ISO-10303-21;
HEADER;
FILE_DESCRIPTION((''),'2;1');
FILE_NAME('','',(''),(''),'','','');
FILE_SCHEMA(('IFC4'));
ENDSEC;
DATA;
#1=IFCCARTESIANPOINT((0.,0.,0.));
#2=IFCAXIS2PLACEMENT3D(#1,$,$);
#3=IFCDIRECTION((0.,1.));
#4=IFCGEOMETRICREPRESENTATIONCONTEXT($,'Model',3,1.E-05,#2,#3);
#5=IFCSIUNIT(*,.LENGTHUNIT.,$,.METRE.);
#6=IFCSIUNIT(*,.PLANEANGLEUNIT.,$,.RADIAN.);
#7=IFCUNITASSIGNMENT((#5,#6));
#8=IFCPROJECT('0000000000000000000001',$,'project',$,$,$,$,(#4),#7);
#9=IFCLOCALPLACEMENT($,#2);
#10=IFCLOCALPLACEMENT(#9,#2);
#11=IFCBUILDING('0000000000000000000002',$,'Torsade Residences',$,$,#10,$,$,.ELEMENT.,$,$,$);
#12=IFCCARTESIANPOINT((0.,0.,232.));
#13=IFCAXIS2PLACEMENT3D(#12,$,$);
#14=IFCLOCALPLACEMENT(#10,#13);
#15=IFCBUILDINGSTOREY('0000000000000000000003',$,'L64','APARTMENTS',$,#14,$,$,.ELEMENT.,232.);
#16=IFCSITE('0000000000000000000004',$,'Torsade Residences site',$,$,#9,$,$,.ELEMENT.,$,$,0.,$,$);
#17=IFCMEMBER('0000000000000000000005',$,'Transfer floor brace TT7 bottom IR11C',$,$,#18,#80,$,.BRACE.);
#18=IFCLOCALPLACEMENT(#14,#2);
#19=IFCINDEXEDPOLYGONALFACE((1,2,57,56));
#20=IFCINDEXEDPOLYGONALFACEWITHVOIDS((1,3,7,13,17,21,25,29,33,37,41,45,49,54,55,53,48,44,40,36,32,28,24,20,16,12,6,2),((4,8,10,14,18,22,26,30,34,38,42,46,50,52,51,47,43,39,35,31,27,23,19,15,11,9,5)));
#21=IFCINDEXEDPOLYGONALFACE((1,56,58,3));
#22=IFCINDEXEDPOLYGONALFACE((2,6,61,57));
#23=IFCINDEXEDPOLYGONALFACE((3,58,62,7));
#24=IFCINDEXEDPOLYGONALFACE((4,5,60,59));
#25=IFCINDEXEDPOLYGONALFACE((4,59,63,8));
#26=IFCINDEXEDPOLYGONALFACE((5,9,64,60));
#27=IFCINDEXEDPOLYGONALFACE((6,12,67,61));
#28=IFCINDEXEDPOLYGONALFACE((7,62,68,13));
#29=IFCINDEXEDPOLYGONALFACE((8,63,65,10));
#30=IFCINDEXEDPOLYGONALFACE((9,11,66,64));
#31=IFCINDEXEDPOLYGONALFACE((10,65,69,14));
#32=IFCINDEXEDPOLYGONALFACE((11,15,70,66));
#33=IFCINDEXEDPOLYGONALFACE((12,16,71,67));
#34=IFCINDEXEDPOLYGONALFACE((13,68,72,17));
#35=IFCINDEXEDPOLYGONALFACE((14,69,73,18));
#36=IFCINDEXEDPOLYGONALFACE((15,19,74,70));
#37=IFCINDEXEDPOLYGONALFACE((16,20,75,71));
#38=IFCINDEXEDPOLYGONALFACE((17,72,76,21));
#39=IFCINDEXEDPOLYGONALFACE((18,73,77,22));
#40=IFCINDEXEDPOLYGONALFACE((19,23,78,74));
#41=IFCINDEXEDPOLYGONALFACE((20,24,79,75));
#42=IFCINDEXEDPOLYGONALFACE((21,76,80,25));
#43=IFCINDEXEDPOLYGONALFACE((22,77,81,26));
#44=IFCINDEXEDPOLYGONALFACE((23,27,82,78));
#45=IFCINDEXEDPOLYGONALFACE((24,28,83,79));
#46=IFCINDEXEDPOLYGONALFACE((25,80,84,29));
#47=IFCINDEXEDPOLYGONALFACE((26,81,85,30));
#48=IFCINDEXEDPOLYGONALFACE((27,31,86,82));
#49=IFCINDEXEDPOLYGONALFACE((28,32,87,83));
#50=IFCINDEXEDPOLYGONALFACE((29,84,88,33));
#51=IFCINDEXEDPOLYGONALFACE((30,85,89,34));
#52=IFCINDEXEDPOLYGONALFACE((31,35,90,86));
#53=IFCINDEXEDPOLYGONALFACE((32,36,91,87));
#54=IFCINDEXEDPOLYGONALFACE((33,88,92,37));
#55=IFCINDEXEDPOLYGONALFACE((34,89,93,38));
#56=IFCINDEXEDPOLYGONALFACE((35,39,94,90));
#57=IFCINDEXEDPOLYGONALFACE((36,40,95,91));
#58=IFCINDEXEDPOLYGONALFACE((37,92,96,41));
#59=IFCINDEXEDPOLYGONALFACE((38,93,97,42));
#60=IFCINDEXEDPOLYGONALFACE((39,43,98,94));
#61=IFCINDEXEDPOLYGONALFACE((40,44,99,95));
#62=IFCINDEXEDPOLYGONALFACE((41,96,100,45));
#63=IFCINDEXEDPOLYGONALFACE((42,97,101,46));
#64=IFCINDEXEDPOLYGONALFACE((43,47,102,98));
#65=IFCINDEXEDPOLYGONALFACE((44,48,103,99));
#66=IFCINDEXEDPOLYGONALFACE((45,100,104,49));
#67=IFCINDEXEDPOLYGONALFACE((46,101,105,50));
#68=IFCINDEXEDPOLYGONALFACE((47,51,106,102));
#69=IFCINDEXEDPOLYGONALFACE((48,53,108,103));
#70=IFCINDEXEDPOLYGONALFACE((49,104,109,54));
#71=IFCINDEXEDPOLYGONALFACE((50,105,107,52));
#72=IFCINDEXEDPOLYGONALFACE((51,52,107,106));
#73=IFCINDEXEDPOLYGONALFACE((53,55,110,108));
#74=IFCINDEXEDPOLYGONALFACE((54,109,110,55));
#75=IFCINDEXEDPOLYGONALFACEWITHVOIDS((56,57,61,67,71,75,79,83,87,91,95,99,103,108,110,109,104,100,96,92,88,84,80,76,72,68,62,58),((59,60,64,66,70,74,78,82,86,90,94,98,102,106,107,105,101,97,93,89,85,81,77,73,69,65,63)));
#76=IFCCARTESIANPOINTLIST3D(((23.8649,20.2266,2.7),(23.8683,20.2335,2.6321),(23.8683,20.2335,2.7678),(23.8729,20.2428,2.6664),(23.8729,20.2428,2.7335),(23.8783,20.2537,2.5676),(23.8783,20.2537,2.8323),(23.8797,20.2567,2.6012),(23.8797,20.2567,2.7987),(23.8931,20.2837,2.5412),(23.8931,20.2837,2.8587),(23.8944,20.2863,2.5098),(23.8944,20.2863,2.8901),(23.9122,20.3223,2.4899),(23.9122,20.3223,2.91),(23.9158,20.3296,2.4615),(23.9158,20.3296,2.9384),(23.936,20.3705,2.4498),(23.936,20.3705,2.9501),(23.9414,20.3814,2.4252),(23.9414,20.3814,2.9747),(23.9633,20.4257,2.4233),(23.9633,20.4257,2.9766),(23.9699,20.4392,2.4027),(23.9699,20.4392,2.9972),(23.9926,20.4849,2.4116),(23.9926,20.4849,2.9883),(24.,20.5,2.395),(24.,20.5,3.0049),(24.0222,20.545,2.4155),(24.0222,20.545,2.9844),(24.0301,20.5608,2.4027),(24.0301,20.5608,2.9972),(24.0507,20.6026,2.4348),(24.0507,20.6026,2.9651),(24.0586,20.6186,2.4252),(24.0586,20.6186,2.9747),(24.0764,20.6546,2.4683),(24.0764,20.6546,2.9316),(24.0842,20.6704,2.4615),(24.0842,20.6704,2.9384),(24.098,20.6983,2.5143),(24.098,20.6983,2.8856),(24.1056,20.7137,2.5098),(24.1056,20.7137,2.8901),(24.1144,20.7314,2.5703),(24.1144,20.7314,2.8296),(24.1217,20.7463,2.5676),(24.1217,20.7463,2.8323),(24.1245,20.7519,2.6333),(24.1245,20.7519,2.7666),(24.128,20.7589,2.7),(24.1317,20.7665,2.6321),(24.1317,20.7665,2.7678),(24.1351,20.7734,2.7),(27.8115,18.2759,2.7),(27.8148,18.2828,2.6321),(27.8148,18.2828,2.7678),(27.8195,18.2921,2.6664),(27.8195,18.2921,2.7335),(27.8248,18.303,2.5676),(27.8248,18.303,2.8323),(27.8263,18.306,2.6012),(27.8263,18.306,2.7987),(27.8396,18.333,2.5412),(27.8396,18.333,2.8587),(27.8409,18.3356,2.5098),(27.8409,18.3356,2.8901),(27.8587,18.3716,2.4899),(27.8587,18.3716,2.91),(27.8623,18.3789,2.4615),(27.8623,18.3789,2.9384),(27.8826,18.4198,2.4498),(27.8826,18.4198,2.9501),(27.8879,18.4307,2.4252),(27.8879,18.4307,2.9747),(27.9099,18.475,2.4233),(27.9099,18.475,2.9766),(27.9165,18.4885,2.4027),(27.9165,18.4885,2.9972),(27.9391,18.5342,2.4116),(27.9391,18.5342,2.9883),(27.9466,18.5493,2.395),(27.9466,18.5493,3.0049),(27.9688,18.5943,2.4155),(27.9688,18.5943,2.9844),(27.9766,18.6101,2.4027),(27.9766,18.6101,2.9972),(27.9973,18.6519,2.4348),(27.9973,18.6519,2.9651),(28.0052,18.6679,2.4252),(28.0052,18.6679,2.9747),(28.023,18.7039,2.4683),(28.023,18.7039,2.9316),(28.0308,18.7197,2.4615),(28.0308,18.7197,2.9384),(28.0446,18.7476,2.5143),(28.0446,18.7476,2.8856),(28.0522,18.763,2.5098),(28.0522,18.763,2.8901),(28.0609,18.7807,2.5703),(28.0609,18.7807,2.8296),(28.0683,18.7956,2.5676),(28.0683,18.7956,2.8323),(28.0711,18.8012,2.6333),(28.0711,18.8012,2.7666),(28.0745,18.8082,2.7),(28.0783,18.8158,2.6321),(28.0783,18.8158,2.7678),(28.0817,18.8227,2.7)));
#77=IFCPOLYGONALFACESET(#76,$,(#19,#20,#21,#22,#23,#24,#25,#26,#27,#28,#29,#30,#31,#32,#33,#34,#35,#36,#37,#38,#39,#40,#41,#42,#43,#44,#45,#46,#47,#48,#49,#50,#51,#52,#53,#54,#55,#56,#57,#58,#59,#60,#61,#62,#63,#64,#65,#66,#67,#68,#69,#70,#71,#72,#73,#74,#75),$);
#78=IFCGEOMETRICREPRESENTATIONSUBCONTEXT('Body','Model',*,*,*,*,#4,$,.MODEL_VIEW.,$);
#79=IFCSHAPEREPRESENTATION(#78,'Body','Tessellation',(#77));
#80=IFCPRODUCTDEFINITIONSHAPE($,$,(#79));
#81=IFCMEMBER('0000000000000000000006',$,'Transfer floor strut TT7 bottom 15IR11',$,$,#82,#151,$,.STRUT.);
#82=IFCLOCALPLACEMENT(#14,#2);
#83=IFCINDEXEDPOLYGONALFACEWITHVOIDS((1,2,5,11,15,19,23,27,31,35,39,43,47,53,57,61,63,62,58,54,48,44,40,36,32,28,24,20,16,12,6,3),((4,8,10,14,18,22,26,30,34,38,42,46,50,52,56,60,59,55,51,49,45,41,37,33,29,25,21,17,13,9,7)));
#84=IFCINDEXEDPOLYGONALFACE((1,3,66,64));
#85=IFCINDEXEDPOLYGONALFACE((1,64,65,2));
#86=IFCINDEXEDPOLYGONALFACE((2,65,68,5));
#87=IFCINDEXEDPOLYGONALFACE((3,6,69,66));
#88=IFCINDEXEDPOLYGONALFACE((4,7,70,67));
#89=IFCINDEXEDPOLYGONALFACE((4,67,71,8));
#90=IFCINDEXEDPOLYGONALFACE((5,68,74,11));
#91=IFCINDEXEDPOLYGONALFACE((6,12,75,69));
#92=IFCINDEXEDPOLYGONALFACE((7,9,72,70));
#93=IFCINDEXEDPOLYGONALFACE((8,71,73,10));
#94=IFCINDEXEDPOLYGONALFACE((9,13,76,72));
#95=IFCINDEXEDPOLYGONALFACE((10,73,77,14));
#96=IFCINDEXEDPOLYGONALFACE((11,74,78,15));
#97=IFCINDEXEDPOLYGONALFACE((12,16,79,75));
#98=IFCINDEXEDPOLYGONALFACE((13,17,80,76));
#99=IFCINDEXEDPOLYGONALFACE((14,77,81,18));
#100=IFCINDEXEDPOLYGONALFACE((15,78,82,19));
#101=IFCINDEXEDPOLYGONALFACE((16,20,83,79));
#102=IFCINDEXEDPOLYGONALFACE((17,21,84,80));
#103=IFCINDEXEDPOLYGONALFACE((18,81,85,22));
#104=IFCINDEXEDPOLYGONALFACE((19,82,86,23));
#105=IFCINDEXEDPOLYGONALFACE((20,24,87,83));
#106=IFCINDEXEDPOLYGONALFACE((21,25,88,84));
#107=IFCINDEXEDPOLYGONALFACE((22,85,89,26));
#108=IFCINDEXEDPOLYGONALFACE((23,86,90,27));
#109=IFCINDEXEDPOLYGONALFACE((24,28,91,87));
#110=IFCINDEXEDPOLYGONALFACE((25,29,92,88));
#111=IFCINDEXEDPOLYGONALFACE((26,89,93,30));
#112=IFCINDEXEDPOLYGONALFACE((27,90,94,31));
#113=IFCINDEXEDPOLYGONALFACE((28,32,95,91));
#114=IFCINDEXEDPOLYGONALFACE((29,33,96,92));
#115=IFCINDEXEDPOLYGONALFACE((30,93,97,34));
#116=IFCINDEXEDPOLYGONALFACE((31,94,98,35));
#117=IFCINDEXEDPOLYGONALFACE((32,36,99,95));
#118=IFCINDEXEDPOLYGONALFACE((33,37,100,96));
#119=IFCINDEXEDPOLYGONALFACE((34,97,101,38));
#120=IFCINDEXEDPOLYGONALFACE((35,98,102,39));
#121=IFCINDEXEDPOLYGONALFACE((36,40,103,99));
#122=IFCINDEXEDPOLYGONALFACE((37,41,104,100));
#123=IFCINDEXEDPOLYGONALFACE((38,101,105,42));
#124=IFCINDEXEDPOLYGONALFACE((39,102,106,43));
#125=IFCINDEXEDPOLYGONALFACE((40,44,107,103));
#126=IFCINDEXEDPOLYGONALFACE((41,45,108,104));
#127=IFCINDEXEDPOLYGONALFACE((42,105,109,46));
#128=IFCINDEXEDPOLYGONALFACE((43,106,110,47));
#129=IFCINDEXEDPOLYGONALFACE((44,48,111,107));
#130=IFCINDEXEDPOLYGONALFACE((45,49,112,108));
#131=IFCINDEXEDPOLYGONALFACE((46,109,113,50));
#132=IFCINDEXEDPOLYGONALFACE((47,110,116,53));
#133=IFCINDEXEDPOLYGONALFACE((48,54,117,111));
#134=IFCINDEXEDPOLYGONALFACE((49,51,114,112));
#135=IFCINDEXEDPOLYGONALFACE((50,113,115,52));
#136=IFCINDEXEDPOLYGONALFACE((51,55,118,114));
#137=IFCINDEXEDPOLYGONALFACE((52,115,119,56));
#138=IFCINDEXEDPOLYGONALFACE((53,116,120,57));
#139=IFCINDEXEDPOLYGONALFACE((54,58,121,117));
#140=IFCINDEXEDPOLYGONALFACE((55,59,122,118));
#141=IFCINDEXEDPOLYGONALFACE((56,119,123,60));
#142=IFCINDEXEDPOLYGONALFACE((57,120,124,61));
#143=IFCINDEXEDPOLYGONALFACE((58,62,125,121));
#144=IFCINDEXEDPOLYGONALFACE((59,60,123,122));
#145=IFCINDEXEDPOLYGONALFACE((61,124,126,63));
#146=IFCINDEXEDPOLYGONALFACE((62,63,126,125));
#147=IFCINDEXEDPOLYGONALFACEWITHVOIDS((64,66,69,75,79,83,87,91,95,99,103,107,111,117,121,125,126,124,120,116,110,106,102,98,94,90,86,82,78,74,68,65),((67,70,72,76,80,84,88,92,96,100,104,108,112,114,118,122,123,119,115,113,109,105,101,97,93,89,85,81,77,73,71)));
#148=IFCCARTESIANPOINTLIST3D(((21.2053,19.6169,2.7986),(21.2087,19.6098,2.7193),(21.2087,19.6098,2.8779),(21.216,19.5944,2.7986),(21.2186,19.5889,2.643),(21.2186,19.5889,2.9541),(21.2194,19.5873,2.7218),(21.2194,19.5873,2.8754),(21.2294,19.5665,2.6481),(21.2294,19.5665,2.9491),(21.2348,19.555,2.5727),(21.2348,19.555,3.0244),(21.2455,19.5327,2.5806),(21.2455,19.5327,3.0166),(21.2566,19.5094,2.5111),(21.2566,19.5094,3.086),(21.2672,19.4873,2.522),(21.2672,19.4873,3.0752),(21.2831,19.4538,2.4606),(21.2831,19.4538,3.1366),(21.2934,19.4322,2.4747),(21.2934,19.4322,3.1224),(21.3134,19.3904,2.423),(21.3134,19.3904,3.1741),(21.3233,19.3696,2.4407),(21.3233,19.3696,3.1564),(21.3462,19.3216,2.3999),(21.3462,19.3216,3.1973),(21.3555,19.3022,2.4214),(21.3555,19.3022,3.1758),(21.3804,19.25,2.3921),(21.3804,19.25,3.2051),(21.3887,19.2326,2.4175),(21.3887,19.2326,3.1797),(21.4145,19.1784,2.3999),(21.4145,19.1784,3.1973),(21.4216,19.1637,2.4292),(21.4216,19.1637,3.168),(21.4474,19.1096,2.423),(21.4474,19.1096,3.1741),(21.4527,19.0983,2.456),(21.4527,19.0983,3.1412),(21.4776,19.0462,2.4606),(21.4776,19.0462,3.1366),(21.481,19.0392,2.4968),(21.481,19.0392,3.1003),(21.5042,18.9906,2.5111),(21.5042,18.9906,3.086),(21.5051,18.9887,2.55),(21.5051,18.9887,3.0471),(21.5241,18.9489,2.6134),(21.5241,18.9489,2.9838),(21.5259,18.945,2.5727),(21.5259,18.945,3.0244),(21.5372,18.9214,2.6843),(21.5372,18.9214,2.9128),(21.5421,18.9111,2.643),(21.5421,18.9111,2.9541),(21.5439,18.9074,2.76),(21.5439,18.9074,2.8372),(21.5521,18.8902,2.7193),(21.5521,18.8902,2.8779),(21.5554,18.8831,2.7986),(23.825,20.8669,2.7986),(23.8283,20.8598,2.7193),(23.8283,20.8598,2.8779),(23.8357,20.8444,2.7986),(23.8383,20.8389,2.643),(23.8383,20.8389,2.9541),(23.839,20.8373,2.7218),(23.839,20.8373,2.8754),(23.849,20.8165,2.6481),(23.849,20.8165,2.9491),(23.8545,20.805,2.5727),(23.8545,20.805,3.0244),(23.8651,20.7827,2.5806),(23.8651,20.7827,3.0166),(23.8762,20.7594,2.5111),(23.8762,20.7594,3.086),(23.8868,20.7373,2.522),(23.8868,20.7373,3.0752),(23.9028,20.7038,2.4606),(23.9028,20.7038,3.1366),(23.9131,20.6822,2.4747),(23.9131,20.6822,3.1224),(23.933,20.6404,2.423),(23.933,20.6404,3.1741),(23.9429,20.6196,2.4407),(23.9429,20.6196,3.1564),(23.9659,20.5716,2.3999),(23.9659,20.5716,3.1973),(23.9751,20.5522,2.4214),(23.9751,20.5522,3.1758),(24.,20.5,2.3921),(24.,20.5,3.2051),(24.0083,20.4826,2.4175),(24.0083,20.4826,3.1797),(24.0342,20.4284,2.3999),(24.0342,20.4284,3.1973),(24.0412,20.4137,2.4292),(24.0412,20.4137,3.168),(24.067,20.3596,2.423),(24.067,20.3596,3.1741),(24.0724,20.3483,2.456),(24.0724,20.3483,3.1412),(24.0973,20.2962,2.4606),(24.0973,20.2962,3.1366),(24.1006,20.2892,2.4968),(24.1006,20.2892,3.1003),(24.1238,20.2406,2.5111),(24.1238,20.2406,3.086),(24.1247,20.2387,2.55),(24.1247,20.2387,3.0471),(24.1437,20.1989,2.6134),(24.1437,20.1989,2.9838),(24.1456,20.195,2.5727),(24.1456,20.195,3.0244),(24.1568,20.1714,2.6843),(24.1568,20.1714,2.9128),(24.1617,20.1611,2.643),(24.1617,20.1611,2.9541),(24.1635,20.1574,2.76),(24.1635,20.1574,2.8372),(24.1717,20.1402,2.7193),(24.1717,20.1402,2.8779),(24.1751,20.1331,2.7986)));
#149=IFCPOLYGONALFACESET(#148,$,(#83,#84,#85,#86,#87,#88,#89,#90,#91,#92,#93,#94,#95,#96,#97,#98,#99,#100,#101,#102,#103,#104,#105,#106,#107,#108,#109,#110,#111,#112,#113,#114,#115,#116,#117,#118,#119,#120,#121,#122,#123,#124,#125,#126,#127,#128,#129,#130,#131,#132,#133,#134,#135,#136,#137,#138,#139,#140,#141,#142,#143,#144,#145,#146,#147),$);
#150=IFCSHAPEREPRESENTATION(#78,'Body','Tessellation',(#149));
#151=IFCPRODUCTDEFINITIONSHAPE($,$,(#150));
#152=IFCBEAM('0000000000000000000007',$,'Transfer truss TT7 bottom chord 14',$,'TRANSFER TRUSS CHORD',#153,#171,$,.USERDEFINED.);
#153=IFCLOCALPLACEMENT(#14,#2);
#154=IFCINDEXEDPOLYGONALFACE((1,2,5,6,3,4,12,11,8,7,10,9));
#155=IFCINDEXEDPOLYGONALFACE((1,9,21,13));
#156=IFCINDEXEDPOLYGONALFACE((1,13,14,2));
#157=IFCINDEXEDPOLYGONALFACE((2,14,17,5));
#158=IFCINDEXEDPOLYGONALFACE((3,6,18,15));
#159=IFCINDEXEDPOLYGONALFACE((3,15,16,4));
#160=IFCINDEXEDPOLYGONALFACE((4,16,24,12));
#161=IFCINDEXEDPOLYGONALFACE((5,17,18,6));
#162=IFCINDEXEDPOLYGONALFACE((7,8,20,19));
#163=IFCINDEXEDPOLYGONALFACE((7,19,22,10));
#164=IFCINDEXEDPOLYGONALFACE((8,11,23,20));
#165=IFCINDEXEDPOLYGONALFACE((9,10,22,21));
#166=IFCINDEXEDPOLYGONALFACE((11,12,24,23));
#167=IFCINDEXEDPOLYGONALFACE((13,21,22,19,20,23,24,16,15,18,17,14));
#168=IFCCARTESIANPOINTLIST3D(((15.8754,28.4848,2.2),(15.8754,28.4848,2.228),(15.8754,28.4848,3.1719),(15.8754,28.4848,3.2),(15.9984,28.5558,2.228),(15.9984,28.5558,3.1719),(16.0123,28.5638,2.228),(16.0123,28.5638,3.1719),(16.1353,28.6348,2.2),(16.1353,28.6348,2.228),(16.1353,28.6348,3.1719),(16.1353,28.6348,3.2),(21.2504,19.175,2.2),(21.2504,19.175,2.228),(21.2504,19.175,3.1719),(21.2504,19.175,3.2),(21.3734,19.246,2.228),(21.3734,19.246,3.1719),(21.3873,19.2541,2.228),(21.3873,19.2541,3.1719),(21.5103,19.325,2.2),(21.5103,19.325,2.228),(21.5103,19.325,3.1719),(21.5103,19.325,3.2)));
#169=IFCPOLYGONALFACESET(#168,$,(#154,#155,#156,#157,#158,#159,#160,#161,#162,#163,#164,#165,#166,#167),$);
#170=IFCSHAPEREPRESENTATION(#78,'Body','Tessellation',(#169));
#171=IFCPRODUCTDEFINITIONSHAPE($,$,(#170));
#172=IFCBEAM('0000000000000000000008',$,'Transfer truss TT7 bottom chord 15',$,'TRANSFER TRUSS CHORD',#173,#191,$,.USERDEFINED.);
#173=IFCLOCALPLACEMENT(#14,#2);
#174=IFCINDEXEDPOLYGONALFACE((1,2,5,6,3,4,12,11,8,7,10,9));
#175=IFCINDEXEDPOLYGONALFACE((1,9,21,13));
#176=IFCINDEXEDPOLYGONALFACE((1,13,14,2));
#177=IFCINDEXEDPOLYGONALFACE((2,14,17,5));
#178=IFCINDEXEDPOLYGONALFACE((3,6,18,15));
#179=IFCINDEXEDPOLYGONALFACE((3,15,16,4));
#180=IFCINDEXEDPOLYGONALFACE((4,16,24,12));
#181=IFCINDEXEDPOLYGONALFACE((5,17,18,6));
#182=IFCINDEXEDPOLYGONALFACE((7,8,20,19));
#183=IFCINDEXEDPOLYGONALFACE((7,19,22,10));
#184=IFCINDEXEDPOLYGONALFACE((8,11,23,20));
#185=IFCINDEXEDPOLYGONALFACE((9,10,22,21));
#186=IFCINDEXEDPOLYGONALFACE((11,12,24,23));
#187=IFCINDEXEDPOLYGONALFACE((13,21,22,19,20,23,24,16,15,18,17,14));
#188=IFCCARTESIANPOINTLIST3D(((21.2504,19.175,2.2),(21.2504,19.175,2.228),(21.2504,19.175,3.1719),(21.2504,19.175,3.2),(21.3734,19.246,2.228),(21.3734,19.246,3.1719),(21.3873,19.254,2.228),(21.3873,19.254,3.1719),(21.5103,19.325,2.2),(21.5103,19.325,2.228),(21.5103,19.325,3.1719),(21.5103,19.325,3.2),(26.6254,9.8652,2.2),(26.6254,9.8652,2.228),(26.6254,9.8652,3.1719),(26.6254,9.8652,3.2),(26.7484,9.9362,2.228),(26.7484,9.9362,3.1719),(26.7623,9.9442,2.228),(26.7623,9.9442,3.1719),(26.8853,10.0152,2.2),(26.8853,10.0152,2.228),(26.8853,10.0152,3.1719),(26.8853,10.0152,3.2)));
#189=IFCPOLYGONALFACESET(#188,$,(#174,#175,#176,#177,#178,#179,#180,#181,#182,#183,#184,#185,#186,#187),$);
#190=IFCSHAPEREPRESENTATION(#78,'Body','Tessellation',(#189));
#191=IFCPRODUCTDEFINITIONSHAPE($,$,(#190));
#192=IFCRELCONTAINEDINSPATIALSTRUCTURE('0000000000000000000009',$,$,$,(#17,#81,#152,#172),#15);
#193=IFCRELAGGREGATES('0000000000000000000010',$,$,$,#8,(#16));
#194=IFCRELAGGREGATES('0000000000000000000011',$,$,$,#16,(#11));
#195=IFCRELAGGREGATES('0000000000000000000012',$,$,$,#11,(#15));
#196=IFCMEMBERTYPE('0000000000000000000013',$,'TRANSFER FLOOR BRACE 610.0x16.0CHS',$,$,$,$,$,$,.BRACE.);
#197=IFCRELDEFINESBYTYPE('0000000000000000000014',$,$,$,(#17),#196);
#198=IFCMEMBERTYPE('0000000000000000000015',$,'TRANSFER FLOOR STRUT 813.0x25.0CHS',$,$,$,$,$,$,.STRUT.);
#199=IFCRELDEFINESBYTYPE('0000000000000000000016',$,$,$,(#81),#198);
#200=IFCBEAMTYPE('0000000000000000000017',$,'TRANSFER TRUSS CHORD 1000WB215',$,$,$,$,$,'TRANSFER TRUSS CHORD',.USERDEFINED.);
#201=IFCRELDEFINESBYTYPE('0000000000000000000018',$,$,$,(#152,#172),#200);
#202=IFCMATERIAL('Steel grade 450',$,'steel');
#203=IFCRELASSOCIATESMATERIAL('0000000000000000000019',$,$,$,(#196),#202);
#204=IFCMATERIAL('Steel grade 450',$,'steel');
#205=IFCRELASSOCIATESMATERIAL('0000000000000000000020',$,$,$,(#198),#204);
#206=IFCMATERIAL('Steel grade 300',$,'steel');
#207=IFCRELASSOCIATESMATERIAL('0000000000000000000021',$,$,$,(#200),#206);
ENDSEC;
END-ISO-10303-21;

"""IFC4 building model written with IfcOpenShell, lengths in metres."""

from ifc_helpers import new_model, si_unit, direction, frame, origin, origin_2d, place, context, subcontext, project, spatial, hollow_circle, i_section, extrude, material, material_profile, profile_set, type_object, element, save


model = new_model("IFC4")

# Units and contexts
model_context = context("Model", 3, precision=1e-05, world=origin(), true_north=direction((0.0, 1.0)))
body_context = subcontext(model_context, "Body", "Model", "MODEL_VIEW")
ifc_project = project(units=[si_unit("LENGTHUNIT", "METRE"), si_unit("PLANEANGLEUNIT", "RADIAN")], contexts=[model_context])

# Site, building, storey
site_placement = place(None, origin())
site = spatial("IfcSite", under=ifc_project, at=site_placement, Name="Torsade Residences site", CompositionType="ELEMENT", RefElevation=0.0)
building_placement = place(site_placement, origin())
building = spatial("IfcBuilding", under=site, at=building_placement, Name="Torsade Residences", CompositionType="ELEMENT")
storey_placement = place(building_placement, frame((0.0, 0.0, 232.0)))
storey = spatial("IfcBuildingStorey", under=building, at=storey_placement, Name="L64", Description="APARTMENTS", CompositionType="ELEMENT", Elevation=232.0)

# Members
ifc_material_1 = material(Name="Steel grade 450", Category="steel")
ifc_material_profile_1 = material_profile(ifc_material_1, hollow_circle(Radius=0.3049, WallThickness=0.0161, at=origin_2d()), Name="610.0x16.0CHS")
ifc_profile_set_1 = profile_set([ifc_material_profile_1], Name="Steel grade 450")
member_type_1 = type_object("IfcMemberType", Name="TRANSFER FLOOR BRACE 610.0x16.0CHS", PredefinedType="BRACE", material=ifc_profile_set_1)
member_1_placement = place(storey_placement, frame((24.0, 20.5, 2.7), z_axis=(0.89647, -0.443105, 0.0), x_axis=(0.443105, 0.89647, 0.0)))
element("IfcMember", 1, at=member_1_placement, inside=storey, type_object=member_type_1, Name="Transfer floor brace TT7 bottom IR11C", PredefinedType="BRACE", context=body_context, shape_type="SweptSolid", body=[
    extrude(hollow_circle(Radius=0.3049, WallThickness=0.0161, at=origin_2d()), origin(), (0.0, 0.0, 1.0), 4.4023),
])
ifc_material_2 = material(Name="Steel grade 450", Category="steel")
ifc_material_profile_2 = material_profile(ifc_material_2, hollow_circle(Radius=0.4065, WallThickness=0.0249, at=origin_2d()), Name="813.0x25.0CHS")
ifc_profile_set_2 = profile_set([ifc_material_profile_2], Name="Steel grade 450")
member_type_2 = type_object("IfcMemberType", Name="TRANSFER FLOOR STRUT 813.0x25.0CHS", PredefinedType="STRUT", material=ifc_profile_set_2)
member_2_placement = place(storey_placement, frame((21.3804, 19.25, 2.7986), z_axis=(0.902518, 0.430652, 0.0), x_axis=(-0.430652, 0.902518, 0.0)))
element("IfcMember", 2, at=member_2_placement, inside=storey, type_object=member_type_2, Name="Transfer floor strut TT7 bottom 15IR11", PredefinedType="STRUT", context=body_context, shape_type="SweptSolid", body=[
    extrude(hollow_circle(Radius=0.4065, WallThickness=0.0249, at=origin_2d()), origin(), (0.0, 0.0, 1.0), 2.9026),
])

# Beams
ifc_material_3 = material(Name="Steel grade 300", Category="steel")
ifc_material_profile_3 = material_profile(ifc_material_3, i_section(OverallWidth=0.3, OverallDepth=1.0, WebThickness=0.0161, FlangeThickness=0.0281, at=origin_2d()), Name="1000WB215")
ifc_profile_set_3 = profile_set([ifc_material_profile_3], Name="Steel grade 300")
beam_type_1 = type_object("IfcBeamType", Name="TRANSFER TRUSS CHORD 1000WB215", ElementType="TRANSFER TRUSS CHORD", PredefinedType="USERDEFINED", material=ifc_profile_set_3)
for number, where, z_axis, x_axis, name in (
    (3, (16.0054, 28.5598, 2.7), (0.499998, -0.866026, 0.0), (0.866026, 0.499998, 0.0), "Transfer truss TT7 bottom chord 14"),
    (4, (21.3804, 19.25, 2.7), (0.499998, -0.866026, 0.0), (0.866026, 0.499998, 0.0), "Transfer truss TT7 bottom chord 15"),
):
    element("IfcBeam", number, at=place(storey_placement, frame(where, z_axis=z_axis, x_axis=x_axis)), inside=storey, type_object=beam_type_1, Name=name, ObjectType="TRANSFER TRUSS CHORD", PredefinedType="USERDEFINED", context=body_context, shape_type="SweptSolid", body=[
        extrude(i_section(OverallWidth=0.3, OverallDepth=1.0, WebThickness=0.0161, FlangeThickness=0.0281, at=origin_2d()), origin(), (0.0, 0.0, 1.0), 10.75),
    ])

save(model, "model.ifc")
